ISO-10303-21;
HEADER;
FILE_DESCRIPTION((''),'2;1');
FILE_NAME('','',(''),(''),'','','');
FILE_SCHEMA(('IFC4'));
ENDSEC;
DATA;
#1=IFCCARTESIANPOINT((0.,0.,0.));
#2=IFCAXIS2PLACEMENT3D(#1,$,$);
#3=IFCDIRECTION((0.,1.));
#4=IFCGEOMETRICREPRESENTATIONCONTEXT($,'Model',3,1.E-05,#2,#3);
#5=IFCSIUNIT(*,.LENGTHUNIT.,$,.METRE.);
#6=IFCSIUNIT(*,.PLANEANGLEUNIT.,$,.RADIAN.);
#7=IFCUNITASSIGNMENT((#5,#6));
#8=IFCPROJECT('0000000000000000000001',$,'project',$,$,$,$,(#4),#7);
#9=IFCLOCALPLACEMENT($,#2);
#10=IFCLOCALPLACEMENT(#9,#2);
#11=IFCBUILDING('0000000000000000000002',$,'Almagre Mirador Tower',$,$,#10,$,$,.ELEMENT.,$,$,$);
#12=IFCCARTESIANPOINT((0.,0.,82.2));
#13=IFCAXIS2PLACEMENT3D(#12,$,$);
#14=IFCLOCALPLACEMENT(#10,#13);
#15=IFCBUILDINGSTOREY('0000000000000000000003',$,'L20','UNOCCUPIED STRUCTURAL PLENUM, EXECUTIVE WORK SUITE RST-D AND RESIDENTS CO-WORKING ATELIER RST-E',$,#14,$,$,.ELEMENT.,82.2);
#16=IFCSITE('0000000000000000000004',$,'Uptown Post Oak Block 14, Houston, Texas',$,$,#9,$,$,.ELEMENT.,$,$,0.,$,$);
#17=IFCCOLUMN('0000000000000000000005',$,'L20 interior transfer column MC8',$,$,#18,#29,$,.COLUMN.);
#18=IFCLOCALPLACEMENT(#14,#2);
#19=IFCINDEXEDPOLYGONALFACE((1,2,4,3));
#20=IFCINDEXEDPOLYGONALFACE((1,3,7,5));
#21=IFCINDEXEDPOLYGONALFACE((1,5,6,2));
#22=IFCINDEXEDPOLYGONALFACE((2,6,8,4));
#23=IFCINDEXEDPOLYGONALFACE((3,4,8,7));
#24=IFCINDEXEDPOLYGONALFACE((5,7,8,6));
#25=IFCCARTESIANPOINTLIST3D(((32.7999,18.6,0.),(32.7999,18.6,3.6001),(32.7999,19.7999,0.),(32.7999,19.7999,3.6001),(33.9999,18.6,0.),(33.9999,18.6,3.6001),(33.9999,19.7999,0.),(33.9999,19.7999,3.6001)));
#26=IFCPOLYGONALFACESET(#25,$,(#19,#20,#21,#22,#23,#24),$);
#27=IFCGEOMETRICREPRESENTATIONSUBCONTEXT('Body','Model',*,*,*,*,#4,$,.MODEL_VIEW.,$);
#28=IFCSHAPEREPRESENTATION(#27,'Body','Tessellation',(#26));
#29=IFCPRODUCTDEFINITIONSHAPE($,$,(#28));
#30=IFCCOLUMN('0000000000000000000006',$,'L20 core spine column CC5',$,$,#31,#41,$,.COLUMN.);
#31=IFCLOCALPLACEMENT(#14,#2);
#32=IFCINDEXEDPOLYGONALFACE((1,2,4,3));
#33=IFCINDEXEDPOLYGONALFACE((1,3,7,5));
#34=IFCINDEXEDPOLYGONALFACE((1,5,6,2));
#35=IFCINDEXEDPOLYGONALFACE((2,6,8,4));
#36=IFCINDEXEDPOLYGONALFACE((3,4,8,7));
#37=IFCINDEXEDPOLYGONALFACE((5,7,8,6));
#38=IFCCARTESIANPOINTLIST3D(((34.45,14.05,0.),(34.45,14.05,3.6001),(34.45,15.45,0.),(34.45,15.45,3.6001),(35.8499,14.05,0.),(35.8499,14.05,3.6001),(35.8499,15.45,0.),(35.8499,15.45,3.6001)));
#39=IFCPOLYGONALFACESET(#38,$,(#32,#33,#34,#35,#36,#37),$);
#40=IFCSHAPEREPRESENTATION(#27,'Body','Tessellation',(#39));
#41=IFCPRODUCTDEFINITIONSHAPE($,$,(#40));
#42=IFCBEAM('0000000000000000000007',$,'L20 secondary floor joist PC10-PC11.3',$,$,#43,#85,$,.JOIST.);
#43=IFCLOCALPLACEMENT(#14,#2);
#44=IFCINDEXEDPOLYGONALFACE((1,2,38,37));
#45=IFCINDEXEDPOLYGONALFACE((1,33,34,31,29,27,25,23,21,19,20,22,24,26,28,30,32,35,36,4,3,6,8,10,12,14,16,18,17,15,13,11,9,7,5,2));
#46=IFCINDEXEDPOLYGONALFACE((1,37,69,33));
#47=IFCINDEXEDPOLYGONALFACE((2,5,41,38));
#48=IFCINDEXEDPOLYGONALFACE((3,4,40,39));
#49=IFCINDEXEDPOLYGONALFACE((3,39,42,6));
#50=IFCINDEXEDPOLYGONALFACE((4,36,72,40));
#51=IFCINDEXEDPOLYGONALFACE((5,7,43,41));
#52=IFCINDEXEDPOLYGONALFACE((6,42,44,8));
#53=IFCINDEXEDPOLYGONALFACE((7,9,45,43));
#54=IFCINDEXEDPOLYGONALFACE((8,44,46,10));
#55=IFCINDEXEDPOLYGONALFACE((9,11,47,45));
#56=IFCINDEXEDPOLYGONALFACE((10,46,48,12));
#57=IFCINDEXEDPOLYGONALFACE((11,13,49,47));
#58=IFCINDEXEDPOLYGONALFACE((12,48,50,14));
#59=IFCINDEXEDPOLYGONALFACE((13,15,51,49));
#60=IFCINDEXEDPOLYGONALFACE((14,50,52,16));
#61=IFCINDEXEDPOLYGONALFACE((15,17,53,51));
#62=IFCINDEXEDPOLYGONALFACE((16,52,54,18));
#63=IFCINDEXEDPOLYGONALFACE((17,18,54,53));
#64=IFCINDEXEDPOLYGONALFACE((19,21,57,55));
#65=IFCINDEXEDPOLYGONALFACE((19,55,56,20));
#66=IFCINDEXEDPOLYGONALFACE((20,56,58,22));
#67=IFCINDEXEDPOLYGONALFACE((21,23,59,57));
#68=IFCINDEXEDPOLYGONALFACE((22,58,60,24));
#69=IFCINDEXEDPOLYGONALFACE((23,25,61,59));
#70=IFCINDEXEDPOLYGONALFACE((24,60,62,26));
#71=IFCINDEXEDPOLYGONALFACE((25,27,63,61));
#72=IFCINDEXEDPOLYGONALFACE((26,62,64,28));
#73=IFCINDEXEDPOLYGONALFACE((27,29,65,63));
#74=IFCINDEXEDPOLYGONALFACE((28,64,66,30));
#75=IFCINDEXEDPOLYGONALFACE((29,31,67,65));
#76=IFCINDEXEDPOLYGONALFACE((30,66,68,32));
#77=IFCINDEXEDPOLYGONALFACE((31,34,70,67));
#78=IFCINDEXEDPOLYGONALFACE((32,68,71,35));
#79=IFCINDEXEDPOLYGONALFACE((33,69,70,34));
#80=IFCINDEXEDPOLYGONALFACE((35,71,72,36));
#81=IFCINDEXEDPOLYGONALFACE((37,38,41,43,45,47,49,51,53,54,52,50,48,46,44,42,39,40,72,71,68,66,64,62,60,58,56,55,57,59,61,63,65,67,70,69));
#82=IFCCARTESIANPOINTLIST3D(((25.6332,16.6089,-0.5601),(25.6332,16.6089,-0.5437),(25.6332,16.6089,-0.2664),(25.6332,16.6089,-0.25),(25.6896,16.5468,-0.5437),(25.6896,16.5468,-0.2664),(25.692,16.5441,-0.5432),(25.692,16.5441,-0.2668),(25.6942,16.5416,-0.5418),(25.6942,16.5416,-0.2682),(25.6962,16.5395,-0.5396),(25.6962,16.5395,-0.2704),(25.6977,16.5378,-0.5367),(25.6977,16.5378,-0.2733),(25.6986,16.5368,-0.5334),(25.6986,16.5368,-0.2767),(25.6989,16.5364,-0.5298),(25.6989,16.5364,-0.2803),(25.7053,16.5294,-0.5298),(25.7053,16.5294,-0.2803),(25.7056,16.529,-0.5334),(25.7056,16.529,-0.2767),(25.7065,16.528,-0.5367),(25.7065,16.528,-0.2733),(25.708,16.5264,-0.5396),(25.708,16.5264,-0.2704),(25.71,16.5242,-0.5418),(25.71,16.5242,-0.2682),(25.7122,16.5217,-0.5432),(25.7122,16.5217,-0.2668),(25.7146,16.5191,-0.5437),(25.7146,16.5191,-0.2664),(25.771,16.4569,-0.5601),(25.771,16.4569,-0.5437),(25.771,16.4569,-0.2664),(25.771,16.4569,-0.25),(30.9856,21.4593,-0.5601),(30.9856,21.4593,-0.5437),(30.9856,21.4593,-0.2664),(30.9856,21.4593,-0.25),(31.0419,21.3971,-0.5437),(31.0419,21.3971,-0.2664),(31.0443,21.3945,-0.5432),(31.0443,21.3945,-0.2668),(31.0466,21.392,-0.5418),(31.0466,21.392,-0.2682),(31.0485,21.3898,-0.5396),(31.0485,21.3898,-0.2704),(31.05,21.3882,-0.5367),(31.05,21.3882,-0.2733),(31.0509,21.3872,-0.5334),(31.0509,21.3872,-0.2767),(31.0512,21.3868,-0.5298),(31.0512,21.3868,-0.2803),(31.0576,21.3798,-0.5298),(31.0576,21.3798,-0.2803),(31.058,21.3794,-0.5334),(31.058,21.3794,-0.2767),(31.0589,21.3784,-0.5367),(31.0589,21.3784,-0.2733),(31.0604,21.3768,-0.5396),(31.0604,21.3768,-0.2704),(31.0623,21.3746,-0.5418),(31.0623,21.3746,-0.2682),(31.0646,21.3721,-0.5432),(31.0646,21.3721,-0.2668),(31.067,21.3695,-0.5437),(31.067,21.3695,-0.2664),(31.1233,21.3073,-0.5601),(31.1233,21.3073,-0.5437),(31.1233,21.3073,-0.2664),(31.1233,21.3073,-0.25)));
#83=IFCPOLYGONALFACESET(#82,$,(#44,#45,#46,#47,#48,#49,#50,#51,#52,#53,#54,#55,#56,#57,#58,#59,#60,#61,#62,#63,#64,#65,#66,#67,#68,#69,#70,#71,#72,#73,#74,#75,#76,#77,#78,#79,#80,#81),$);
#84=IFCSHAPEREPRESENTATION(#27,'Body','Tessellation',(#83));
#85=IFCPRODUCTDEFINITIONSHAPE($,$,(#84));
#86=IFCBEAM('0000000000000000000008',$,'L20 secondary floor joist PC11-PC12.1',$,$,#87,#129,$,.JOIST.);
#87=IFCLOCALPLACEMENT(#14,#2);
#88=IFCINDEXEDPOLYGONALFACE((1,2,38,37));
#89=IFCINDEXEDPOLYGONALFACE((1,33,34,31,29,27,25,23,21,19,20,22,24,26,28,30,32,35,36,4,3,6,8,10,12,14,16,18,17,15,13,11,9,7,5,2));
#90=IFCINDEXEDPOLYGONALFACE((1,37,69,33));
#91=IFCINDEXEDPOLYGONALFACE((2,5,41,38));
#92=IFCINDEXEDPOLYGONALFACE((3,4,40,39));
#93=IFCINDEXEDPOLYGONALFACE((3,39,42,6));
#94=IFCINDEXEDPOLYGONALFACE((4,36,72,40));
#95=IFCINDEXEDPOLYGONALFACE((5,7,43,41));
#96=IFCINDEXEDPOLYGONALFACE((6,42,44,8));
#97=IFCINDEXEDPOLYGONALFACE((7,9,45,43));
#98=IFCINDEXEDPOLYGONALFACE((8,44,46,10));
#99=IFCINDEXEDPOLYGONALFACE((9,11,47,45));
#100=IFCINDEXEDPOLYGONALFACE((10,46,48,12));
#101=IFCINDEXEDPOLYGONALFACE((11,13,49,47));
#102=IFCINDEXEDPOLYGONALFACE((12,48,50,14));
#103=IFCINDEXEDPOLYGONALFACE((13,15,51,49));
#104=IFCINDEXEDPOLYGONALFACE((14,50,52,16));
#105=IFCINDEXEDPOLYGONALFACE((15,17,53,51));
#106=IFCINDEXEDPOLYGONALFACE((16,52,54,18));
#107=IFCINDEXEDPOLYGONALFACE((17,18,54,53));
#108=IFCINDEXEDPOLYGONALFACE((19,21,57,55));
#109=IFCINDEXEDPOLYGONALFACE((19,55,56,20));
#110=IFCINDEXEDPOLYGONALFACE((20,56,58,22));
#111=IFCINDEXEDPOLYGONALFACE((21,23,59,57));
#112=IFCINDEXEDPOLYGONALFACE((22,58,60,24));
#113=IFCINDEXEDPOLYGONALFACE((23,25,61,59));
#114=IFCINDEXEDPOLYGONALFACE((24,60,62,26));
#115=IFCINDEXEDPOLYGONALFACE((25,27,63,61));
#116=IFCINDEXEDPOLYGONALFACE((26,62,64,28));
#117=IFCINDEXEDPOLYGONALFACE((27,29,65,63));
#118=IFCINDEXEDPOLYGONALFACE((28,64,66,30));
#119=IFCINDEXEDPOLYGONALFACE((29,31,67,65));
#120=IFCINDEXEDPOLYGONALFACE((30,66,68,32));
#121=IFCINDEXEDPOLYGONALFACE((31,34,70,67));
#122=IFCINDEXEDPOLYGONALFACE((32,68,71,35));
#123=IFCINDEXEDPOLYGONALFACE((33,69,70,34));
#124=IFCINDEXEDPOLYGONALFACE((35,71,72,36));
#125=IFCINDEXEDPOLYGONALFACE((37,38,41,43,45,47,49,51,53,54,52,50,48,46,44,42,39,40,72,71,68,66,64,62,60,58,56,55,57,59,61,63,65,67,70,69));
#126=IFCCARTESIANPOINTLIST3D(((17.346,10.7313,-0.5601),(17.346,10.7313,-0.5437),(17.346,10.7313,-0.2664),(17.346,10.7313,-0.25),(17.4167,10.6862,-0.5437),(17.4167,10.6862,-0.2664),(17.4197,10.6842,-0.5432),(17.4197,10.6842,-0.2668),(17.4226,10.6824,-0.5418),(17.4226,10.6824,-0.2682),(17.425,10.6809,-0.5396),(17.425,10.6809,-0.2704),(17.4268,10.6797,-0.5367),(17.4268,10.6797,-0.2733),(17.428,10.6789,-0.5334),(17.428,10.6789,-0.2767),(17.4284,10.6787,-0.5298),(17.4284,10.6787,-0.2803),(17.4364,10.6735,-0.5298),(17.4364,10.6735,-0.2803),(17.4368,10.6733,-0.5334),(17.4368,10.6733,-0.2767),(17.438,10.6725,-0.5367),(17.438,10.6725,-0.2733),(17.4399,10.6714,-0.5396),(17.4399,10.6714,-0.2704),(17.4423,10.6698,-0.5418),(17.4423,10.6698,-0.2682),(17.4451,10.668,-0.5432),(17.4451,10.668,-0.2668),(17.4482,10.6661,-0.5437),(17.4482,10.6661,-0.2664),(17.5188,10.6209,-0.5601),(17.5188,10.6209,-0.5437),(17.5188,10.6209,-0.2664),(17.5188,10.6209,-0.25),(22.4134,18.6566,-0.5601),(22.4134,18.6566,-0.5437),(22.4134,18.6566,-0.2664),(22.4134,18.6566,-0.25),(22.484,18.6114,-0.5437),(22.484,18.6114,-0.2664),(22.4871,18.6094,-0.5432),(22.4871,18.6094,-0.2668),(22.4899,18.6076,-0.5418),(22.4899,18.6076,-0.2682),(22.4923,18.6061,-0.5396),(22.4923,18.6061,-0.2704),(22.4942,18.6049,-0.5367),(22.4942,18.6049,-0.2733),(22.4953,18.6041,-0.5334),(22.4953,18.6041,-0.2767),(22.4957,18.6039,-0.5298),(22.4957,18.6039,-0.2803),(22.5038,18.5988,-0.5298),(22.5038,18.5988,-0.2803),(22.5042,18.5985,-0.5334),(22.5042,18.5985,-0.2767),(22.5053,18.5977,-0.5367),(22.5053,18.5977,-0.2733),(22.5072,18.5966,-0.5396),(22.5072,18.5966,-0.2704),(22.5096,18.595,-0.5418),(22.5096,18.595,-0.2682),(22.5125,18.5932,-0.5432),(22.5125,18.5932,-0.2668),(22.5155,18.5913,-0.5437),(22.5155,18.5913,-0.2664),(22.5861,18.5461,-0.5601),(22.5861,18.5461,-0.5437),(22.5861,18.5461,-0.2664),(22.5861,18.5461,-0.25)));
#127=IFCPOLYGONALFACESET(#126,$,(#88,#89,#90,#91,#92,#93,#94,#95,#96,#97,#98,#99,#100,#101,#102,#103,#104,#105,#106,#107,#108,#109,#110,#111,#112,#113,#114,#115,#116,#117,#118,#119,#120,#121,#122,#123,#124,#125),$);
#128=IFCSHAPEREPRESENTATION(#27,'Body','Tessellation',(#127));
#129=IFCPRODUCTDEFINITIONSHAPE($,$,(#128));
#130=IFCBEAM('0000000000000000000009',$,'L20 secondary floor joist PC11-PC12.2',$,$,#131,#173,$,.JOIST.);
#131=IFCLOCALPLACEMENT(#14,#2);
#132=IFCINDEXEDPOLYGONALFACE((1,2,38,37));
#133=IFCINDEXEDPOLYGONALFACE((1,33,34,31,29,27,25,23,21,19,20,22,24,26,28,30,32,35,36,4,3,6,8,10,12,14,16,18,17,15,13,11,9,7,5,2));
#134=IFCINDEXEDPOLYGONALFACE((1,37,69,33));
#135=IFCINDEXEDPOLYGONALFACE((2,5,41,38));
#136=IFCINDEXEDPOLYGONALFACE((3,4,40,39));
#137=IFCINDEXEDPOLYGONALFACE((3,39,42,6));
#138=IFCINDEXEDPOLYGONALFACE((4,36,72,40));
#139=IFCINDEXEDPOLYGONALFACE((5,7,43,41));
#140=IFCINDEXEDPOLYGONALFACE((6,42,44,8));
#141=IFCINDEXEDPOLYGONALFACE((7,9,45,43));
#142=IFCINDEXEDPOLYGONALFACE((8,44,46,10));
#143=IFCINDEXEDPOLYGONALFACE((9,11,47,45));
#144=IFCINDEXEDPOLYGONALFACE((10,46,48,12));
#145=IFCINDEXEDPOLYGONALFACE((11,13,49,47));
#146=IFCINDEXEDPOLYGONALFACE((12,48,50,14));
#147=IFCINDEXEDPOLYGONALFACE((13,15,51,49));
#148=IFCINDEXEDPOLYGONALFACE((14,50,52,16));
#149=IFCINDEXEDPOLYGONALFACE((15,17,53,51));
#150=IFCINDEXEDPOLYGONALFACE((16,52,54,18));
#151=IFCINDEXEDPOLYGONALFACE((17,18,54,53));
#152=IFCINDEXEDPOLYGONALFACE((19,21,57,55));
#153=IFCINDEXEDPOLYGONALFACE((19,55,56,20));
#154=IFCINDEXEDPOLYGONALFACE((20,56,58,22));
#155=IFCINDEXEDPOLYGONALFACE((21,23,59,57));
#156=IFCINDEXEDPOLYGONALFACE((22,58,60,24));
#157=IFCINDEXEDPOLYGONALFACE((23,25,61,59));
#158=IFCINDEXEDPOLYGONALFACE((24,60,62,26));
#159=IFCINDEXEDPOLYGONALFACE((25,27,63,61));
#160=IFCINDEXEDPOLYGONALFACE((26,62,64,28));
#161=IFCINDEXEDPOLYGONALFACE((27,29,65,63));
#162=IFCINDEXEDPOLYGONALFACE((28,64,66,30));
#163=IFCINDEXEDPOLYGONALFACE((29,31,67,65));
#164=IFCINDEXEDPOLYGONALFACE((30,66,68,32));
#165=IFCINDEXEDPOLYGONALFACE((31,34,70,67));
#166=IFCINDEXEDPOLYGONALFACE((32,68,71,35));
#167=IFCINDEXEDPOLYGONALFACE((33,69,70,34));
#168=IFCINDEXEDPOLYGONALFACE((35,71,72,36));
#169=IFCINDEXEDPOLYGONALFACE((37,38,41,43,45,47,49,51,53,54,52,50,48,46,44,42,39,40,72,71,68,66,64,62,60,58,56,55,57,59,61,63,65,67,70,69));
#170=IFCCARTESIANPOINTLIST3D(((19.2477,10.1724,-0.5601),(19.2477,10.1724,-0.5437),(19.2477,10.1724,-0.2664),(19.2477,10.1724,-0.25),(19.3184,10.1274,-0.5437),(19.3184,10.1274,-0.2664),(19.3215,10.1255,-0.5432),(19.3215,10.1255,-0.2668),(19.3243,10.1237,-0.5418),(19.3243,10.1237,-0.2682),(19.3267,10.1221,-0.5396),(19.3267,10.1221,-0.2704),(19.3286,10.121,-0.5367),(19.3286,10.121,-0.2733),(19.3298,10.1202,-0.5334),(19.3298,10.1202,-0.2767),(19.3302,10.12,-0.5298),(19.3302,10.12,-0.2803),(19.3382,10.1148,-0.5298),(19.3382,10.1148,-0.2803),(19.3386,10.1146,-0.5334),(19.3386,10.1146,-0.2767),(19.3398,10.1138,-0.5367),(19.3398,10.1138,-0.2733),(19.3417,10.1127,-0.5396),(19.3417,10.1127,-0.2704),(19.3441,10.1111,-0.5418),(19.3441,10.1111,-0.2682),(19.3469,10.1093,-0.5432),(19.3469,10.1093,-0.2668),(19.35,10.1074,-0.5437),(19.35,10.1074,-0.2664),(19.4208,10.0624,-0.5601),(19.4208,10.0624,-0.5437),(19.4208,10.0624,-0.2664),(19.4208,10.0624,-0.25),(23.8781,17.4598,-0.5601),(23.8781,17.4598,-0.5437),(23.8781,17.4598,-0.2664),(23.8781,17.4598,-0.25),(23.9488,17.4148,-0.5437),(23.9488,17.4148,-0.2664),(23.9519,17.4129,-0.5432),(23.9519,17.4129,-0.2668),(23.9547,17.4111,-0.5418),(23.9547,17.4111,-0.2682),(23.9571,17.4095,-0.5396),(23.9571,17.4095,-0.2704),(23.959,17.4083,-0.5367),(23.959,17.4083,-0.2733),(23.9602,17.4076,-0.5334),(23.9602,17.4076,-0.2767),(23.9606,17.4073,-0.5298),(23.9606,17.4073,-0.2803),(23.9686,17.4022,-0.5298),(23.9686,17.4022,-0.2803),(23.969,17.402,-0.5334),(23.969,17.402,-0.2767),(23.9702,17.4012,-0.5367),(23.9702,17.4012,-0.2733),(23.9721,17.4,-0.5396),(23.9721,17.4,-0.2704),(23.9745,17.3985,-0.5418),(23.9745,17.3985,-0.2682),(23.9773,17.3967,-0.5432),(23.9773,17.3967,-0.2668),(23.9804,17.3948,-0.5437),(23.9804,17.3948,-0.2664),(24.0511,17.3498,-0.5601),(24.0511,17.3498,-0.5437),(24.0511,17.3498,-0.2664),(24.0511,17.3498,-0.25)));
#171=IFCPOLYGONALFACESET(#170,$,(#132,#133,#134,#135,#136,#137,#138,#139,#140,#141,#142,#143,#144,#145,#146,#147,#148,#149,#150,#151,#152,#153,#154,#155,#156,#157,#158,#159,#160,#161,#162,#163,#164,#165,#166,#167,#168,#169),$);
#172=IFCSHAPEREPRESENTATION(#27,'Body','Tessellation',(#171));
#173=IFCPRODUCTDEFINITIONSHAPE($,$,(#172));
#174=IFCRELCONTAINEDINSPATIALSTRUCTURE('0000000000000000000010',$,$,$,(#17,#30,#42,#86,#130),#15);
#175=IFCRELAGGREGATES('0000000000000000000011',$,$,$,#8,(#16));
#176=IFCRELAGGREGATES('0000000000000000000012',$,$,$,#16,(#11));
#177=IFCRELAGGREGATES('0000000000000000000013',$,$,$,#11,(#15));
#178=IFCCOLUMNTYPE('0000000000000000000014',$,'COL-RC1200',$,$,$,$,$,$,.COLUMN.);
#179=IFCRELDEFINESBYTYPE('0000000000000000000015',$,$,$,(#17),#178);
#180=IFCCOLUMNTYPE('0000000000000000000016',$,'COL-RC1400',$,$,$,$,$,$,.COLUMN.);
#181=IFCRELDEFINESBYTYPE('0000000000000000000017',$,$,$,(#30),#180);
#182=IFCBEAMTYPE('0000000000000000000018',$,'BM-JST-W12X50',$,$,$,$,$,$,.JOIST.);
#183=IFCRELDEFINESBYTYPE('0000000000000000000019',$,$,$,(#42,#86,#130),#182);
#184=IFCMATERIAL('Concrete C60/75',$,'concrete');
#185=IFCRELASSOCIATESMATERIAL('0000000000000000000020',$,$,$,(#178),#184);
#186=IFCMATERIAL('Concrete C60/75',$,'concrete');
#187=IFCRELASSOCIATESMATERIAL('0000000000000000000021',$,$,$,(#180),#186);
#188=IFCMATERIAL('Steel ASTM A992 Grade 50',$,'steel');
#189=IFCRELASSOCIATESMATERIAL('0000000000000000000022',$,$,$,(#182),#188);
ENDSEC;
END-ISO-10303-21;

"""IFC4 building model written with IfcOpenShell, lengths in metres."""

from ifc_helpers import new_model, si_unit, direction, frame, origin, origin_2d, place, context, subcontext, project, spatial, rectangle, i_section, extrude, material, material_profile, profile_set, type_object, element, save


model = new_model("IFC4")

# Units and contexts
model_context = context("Model", 3, precision=1e-05, world=origin(), true_north=direction((0.0, 1.0)))
body_context = subcontext(model_context, "Body", "Model", "MODEL_VIEW")
ifc_project = project(units=[si_unit("LENGTHUNIT", "METRE"), si_unit("PLANEANGLEUNIT", "RADIAN")], contexts=[model_context])

# Site, building, storey
site_placement = place(None, origin())
site = spatial("IfcSite", under=ifc_project, at=site_placement, Name="Uptown Post Oak Block 14, Houston, Texas", CompositionType="ELEMENT", RefElevation=0.0)
building_placement = place(site_placement, origin())
building = spatial("IfcBuilding", under=site, at=building_placement, Name="Almagre Mirador Tower", CompositionType="ELEMENT")
storey_placement = place(building_placement, frame((0.0, 0.0, 82.2)))
storey = spatial("IfcBuildingStorey", under=building, at=storey_placement, Name="L20", Description="UNOCCUPIED STRUCTURAL PLENUM, EXECUTIVE WORK SUITE RST-D AND RESIDENTS CO-WORKING ATELIER RST-E", CompositionType="ELEMENT", Elevation=82.2)

# Columns
ifc_material_1 = material(Name="Concrete C60/75", Category="concrete")
ifc_material_profile_1 = material_profile(ifc_material_1, rectangle(XDim=1.2, YDim=1.2, at=origin_2d()), Name="RC1200X1200")
ifc_profile_set_1 = profile_set([ifc_material_profile_1], Name="Concrete C60/75")
column_type_1 = type_object("IfcColumnType", Name="COL-RC1200", PredefinedType="COLUMN", material=ifc_profile_set_1)
column_1_placement = place(storey_placement, frame((33.3999, 19.2, 0.0), z_axis=(0.0, 0.0, 1.0), x_axis=(1.0, 0.0, 0.0)))
element("IfcColumn", 1, at=column_1_placement, inside=storey, type_object=column_type_1, Name="L20 interior transfer column MC8", PredefinedType="COLUMN", context=body_context, shape_type="SweptSolid", body=[
    extrude(rectangle(XDim=1.2, YDim=1.2, at=origin_2d()), origin(), (0.0, 0.0, 1.0), 3.6001),
])
ifc_material_2 = material(Name="Concrete C60/75", Category="concrete")
ifc_material_profile_2 = material_profile(ifc_material_2, rectangle(XDim=1.3999, YDim=1.3999, at=origin_2d()), Name="RC1400X1400")
ifc_profile_set_2 = profile_set([ifc_material_profile_2], Name="Concrete C60/75")
column_type_2 = type_object("IfcColumnType", Name="COL-RC1400", PredefinedType="COLUMN", material=ifc_profile_set_2)
column_2_placement = place(storey_placement, frame((35.1499, 14.75, 0.0), z_axis=(0.0, 0.0, 1.0), x_axis=(1.0, 0.0, 0.0)))
element("IfcColumn", 2, at=column_2_placement, inside=storey, type_object=column_type_2, Name="L20 core spine column CC5", PredefinedType="COLUMN", context=body_context, shape_type="SweptSolid", body=[
    extrude(rectangle(XDim=1.3999, YDim=1.3999, at=origin_2d()), origin(), (0.0, 0.0, 1.0), 3.6001),
])

# Beams
ifc_material_3 = material(Name="Steel ASTM A992 Grade 50", Category="steel")
ifc_material_profile_3 = material_profile(ifc_material_3, i_section(OverallWidth=0.2051, OverallDepth=0.3101, WebThickness=0.0095, FlangeThickness=0.0164, FilletRadius=0.0139, at=origin_2d()), Name="W12X50")
ifc_profile_set_3 = profile_set([ifc_material_profile_3], Name="Steel ASTM A992 Grade 50")
beam_type_1 = type_object("IfcBeamType", Name="BM-JST-W12X50", PredefinedType="JOIST", material=ifc_profile_set_3)
beam_1_placement = place(storey_placement, frame((31.0544, 21.3833, -0.405), z_axis=(-0.740999, -0.671506, 0.0), x_axis=(0.671506, -0.740999, 0.0)))
element("IfcBeam", 3, at=beam_1_placement, inside=storey, type_object=beam_type_1, Name="L20 secondary floor joist PC10-PC11.3", PredefinedType="JOIST", context=body_context, shape_type="SweptSolid", body=[
    extrude(i_section(OverallWidth=0.2051, OverallDepth=0.3101, WebThickness=0.0095, FlangeThickness=0.0164, FilletRadius=0.0139, at=origin_2d()), origin(), (0.0, 0.0, 1.0), 7.2231),
])
beam_2_placement = place(storey_placement, frame((22.4998, 18.6013, -0.405), z_axis=(-0.538691, -0.842503, 0.0), x_axis=(0.842503, -0.538691, 0.0)))
element("IfcBeam", 4, at=beam_2_placement, inside=storey, type_object=beam_type_1, Name="L20 secondary floor joist PC11-PC12.1", PredefinedType="JOIST", context=body_context, shape_type="SweptSolid", body=[
    extrude(i_section(OverallWidth=0.2051, OverallDepth=0.3101, WebThickness=0.0095, FlangeThickness=0.0164, FilletRadius=0.0139, at=origin_2d()), origin(), (0.0, 0.0, 1.0), 9.4067),
])
beam_3_placement = place(storey_placement, frame((23.9646, 17.4048, -0.405), z_axis=(-0.536295, -0.84403, 0.0), x_axis=(0.84403, -0.536295, 0.0)))
element("IfcBeam", 5, at=beam_3_placement, inside=storey, type_object=beam_type_1, Name="L20 secondary floor joist PC11-PC12.2", PredefinedType="JOIST", context=body_context, shape_type="SweptSolid", body=[
    extrude(i_section(OverallWidth=0.2051, OverallDepth=0.3101, WebThickness=0.0095, FlangeThickness=0.0164, FilletRadius=0.0139, at=origin_2d()), origin(), (0.0, 0.0, 1.0), 8.634),
])

save(model, "model.ifc")
